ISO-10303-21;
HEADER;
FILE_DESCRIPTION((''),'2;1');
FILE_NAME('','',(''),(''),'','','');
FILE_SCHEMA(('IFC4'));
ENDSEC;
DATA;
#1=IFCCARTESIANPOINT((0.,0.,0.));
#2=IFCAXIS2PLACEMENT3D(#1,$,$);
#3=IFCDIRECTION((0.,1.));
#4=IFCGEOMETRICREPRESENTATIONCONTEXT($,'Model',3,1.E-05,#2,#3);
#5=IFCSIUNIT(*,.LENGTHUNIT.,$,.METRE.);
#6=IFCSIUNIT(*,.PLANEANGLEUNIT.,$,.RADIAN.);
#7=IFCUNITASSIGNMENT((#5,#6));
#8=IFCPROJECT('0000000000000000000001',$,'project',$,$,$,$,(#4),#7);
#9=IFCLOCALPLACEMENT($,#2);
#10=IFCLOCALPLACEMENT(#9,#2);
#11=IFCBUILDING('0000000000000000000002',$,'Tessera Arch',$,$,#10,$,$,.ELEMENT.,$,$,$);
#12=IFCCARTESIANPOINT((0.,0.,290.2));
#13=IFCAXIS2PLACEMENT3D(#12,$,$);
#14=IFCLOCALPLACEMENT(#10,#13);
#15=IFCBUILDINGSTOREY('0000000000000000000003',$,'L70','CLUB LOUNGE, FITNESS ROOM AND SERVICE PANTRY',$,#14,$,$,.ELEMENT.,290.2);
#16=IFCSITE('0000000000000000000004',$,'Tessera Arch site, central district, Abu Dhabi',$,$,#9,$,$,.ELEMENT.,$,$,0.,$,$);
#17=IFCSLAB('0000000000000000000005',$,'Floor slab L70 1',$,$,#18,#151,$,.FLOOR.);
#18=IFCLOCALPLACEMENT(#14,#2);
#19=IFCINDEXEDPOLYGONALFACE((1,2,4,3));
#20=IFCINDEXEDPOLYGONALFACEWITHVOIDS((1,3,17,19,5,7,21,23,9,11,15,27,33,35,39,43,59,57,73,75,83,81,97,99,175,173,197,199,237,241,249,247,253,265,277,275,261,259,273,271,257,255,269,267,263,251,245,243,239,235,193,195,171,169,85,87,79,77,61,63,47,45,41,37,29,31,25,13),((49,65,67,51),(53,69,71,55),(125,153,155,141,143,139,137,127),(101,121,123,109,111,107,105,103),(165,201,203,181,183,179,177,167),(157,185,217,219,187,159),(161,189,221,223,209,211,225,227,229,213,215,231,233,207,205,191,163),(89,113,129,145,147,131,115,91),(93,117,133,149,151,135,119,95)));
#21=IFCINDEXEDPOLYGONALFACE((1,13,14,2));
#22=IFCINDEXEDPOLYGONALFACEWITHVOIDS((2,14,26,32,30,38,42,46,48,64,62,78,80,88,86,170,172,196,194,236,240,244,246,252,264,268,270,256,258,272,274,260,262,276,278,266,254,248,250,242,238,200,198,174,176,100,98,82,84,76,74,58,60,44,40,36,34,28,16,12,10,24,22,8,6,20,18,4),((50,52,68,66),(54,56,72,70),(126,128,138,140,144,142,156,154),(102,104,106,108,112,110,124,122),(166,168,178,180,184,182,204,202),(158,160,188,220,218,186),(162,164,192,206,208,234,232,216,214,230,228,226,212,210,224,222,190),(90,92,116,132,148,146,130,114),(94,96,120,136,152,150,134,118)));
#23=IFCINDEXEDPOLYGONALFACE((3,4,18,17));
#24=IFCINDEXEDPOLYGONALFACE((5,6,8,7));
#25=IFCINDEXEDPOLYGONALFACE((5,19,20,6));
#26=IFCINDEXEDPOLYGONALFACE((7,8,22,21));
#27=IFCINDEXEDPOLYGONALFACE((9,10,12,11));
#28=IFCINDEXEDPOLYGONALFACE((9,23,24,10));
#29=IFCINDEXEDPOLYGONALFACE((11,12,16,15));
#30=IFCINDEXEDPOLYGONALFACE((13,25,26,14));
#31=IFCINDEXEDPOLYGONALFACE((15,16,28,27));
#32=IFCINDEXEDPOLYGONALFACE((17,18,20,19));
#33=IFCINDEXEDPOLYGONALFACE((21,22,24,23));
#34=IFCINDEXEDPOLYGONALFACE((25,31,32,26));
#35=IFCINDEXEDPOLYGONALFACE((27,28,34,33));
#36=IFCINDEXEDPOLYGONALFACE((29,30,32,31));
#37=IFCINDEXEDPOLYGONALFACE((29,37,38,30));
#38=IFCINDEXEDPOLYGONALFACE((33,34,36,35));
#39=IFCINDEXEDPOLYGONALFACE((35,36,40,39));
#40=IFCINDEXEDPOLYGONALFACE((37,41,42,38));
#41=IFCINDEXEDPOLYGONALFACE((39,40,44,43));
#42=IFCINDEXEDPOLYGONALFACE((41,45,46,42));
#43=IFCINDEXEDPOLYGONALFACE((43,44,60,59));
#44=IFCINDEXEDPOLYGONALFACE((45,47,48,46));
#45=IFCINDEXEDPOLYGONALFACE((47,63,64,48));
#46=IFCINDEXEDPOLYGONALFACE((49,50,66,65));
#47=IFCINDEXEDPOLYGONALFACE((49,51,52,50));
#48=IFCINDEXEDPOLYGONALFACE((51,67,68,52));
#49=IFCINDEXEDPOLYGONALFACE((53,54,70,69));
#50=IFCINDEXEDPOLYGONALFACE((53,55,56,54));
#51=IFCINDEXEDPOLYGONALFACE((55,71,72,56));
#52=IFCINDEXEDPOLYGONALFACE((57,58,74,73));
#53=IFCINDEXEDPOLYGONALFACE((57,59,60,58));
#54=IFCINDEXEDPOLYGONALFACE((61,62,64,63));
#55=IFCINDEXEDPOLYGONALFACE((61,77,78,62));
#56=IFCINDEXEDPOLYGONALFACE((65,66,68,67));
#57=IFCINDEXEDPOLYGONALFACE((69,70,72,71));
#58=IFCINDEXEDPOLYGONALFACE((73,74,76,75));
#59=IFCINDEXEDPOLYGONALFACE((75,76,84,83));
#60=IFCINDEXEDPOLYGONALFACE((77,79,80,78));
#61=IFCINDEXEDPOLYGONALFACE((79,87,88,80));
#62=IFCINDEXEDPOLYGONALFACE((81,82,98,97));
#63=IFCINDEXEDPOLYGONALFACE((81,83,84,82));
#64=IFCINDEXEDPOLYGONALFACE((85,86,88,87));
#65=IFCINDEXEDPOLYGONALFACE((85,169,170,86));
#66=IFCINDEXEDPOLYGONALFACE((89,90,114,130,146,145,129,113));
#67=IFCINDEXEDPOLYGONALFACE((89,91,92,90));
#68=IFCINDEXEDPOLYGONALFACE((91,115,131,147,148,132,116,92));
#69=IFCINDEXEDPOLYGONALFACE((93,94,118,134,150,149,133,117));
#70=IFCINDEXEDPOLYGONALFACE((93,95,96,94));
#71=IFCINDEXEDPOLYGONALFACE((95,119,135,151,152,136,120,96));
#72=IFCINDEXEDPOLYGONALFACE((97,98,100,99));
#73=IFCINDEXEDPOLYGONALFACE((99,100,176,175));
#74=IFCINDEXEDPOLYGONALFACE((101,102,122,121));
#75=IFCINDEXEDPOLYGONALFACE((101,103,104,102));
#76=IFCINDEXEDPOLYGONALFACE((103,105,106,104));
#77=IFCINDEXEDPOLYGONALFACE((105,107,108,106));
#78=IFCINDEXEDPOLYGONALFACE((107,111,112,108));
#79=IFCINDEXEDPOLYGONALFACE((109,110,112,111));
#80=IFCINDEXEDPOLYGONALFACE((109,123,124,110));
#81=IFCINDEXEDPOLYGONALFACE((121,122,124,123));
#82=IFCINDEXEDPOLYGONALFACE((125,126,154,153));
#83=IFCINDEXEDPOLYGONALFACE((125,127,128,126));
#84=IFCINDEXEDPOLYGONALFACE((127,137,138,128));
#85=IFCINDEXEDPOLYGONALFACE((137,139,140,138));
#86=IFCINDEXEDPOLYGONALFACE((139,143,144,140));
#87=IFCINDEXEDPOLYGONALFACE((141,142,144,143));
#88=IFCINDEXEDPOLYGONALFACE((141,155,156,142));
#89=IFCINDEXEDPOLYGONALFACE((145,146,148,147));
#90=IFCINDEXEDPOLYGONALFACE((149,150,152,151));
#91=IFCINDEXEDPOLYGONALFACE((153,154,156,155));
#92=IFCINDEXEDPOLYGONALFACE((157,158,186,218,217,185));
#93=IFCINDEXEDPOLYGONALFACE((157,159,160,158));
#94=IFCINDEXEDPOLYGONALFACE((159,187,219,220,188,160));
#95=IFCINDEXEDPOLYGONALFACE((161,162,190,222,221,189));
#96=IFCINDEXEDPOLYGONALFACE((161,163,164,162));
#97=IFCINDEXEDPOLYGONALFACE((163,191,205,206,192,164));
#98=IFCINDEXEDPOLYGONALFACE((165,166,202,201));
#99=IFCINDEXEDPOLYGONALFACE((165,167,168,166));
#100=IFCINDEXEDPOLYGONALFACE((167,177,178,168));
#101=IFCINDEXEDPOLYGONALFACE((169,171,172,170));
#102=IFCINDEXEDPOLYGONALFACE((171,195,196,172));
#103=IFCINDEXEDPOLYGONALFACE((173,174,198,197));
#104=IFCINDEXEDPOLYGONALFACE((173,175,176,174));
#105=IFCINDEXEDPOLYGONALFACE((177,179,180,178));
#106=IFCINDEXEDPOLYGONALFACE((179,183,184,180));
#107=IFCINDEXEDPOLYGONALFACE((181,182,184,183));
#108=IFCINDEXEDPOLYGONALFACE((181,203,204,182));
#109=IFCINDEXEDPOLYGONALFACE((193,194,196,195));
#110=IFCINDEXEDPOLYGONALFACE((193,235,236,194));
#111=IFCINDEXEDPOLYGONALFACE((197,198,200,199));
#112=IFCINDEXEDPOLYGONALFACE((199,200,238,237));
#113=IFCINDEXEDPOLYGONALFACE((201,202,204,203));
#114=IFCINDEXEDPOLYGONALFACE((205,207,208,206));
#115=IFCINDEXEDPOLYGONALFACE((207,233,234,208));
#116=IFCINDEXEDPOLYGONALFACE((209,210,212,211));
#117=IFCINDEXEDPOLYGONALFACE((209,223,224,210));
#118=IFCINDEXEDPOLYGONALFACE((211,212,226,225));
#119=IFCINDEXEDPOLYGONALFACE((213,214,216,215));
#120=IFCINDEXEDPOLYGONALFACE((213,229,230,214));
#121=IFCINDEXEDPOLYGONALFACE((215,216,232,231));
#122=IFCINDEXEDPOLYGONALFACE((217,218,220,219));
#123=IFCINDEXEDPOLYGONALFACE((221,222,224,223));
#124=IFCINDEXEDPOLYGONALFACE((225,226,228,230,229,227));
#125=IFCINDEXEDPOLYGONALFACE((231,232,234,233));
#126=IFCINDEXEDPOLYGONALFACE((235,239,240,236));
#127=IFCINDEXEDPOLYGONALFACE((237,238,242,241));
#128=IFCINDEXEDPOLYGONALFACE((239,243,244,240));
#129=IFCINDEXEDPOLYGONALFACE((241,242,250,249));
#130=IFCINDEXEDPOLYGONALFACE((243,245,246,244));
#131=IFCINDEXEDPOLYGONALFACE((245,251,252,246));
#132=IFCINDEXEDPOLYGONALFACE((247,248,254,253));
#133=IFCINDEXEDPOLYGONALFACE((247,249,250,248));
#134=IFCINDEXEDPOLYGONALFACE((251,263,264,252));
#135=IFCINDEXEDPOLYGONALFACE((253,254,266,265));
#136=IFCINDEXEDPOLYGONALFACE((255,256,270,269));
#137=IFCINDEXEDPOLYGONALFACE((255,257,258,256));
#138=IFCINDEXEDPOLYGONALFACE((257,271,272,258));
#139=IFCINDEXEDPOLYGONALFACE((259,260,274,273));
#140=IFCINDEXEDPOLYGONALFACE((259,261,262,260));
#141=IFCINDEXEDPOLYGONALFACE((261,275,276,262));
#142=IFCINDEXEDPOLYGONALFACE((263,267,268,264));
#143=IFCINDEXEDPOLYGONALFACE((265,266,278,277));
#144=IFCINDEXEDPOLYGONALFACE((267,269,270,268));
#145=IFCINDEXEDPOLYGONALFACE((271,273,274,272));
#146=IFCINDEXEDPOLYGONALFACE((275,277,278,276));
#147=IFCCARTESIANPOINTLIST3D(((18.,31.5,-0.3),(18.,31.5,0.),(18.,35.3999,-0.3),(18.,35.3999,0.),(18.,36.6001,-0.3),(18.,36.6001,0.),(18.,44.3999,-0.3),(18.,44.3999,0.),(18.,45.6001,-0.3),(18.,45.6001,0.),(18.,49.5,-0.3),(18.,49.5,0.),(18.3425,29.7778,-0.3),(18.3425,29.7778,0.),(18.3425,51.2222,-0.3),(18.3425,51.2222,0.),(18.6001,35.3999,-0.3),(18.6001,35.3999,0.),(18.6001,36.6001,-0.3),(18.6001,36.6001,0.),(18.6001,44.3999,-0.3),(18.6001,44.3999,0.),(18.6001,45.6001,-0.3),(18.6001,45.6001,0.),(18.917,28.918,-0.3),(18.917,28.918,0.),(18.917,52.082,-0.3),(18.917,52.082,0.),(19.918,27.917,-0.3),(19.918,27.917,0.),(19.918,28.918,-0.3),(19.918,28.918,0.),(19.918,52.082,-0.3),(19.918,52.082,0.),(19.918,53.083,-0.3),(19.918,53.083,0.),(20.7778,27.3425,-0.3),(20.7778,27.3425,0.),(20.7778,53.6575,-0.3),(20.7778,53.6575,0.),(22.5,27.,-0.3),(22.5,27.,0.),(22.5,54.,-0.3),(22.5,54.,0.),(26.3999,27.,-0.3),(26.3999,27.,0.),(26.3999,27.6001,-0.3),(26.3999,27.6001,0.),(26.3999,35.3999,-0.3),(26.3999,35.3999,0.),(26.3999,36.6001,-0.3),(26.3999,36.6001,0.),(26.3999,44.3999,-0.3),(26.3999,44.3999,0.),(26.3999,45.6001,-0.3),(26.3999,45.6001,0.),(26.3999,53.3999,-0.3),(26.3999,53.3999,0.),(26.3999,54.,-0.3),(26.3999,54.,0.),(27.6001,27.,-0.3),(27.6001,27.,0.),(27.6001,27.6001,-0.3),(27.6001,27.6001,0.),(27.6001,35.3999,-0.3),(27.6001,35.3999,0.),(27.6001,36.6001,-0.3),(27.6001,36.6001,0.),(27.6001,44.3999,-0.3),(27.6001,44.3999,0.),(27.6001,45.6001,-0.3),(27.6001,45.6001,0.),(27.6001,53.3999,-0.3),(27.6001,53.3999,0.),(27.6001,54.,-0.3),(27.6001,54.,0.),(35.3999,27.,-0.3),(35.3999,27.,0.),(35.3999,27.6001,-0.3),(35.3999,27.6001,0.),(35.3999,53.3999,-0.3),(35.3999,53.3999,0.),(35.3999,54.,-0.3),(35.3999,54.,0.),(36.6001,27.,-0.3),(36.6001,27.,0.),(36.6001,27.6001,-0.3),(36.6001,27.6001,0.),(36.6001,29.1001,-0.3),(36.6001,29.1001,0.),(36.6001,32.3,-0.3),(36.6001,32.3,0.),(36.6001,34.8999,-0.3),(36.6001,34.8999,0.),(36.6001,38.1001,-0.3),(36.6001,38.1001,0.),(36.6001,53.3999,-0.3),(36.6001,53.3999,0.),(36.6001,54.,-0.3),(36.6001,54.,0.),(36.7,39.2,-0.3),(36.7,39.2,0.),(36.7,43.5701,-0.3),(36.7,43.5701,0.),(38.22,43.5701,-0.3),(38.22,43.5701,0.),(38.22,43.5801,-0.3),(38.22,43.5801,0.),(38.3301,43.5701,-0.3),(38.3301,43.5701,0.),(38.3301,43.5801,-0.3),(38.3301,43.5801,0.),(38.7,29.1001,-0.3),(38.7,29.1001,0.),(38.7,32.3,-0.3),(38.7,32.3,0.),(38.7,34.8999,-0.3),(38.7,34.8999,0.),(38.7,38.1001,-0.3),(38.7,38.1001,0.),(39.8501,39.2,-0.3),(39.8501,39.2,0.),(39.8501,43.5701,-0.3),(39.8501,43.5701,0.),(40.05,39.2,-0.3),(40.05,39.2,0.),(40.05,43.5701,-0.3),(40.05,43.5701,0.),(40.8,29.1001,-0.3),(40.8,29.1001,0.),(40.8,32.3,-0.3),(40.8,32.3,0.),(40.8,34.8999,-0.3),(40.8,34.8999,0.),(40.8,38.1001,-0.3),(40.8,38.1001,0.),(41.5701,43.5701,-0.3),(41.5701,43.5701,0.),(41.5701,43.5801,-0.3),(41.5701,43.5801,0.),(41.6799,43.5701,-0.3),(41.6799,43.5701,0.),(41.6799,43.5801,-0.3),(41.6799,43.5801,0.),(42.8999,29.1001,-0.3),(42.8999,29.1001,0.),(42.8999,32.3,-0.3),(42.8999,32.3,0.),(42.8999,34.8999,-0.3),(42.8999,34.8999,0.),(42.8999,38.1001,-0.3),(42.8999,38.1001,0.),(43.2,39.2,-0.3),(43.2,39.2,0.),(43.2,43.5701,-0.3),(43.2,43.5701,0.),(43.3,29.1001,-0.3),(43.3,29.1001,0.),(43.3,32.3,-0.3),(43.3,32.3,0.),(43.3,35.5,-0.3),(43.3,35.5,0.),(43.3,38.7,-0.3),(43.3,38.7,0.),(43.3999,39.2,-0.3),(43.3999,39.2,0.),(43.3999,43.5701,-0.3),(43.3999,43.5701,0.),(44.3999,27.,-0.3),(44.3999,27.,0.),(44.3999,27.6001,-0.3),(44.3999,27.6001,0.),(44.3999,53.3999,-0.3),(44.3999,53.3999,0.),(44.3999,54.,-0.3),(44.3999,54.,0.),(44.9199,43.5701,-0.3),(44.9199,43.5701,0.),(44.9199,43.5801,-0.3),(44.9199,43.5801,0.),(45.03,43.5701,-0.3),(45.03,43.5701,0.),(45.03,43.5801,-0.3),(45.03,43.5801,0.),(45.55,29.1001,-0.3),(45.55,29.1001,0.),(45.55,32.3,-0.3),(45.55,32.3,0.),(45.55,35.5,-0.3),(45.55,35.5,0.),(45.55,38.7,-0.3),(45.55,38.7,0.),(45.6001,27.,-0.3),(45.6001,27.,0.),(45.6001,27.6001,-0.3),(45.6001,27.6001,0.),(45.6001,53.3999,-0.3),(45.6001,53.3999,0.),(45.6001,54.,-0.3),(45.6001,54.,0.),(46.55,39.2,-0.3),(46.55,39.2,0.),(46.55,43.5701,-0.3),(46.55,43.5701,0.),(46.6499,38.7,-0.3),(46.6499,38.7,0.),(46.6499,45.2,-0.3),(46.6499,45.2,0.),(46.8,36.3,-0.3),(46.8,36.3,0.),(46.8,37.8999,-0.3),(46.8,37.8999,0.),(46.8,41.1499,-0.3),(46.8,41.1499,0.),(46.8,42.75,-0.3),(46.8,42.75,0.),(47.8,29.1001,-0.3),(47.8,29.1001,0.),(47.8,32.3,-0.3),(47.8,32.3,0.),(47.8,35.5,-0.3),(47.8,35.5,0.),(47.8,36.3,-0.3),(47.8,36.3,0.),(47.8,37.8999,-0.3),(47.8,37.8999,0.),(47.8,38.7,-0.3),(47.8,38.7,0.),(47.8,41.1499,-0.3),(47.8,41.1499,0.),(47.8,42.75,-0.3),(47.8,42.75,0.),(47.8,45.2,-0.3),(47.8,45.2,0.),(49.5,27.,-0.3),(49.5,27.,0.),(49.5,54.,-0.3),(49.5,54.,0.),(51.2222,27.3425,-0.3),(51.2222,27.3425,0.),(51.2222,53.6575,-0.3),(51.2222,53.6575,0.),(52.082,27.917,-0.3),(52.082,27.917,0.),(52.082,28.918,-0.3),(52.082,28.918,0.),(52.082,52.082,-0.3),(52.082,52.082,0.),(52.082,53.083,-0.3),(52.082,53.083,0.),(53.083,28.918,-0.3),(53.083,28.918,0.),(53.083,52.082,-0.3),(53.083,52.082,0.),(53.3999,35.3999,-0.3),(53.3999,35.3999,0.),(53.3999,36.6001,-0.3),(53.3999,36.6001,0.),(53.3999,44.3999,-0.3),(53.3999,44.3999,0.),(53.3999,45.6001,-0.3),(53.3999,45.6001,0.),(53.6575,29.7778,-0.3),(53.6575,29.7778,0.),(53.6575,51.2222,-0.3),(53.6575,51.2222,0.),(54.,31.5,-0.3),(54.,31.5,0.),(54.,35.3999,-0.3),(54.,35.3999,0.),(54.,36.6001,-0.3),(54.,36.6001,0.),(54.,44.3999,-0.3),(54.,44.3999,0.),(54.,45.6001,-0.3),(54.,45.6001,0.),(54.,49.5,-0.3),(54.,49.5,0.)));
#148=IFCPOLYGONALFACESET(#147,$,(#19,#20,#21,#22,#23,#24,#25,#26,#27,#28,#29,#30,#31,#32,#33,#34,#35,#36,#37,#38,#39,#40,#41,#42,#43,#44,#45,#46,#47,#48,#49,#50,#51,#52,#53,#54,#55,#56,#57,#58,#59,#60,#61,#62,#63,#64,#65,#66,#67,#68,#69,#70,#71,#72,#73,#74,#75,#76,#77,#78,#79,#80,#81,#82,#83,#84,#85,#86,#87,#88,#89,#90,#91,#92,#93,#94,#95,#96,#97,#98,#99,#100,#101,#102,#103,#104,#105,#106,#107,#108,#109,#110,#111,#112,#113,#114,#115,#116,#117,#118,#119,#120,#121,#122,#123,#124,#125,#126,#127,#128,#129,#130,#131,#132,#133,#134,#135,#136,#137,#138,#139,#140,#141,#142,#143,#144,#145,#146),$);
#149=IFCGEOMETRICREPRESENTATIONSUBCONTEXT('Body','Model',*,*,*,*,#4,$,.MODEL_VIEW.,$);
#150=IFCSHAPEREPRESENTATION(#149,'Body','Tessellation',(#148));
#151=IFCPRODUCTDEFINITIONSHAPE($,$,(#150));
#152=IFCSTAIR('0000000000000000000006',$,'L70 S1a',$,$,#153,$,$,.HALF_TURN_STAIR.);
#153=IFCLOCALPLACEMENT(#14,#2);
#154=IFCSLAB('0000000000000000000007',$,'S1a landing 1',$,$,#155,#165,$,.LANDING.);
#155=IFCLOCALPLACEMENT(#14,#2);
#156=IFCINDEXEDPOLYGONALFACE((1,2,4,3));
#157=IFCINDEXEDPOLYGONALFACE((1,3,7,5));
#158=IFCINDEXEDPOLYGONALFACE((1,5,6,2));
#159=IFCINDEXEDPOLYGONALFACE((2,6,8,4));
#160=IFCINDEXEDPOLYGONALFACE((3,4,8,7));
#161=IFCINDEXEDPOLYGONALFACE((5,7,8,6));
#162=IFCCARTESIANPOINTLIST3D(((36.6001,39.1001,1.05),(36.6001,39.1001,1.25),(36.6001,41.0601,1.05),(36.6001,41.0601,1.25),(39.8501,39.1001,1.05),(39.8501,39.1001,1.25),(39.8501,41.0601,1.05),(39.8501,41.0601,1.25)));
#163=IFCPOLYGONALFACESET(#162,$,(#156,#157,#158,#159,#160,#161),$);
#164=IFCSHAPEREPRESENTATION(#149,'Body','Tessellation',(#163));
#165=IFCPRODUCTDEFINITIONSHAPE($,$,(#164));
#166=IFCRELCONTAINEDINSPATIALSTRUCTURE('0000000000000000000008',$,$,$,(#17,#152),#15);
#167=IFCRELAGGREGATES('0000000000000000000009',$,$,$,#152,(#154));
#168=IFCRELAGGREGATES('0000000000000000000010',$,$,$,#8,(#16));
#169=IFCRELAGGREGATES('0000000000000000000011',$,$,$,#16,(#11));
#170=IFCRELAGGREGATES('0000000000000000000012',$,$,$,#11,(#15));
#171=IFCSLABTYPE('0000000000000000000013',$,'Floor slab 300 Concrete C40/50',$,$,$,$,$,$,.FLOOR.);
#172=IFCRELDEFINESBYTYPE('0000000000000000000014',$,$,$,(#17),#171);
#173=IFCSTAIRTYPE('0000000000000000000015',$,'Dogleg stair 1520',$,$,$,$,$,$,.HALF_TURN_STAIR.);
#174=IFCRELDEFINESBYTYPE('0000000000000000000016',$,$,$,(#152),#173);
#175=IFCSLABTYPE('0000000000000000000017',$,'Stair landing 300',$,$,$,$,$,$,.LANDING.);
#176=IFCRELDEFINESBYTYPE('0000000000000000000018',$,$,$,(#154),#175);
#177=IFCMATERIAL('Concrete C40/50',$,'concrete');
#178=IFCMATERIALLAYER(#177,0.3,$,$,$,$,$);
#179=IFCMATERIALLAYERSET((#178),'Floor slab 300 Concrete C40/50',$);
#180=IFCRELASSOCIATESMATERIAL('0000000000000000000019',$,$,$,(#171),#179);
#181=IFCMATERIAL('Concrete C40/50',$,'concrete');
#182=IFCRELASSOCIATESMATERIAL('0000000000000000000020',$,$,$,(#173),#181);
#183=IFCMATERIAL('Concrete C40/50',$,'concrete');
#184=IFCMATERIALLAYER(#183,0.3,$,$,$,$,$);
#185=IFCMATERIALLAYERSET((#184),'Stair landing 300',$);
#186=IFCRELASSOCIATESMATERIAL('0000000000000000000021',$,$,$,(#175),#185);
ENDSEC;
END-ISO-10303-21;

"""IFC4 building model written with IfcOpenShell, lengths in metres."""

from ifc_helpers import new_model, si_unit, direction, frame, origin, place, context, subcontext, project, spatial, polyline, outline, extrude, material, layer, layer_set, type_object, element, aggregate, save


model = new_model("IFC4")

# Units and contexts
model_context = context("Model", 3, precision=1e-05, world=origin(), true_north=direction((0.0, 1.0)))
body_context = subcontext(model_context, "Body", "Model", "MODEL_VIEW")
ifc_project = project(units=[si_unit("LENGTHUNIT", "METRE"), si_unit("PLANEANGLEUNIT", "RADIAN")], contexts=[model_context])

# Site, building, storey
site_placement = place(None, origin())
site = spatial("IfcSite", under=ifc_project, at=site_placement, Name="Tessera Arch site, central district, Abu Dhabi", CompositionType="ELEMENT", RefElevation=0.0)
building_placement = place(site_placement, origin())
building = spatial("IfcBuilding", under=site, at=building_placement, Name="Tessera Arch", CompositionType="ELEMENT")
storey_placement = place(building_placement, frame((0.0, 0.0, 290.2)))
storey = spatial("IfcBuildingStorey", under=building, at=storey_placement, Name="L70", Description="CLUB LOUNGE, FITNESS ROOM AND SERVICE PANTRY", CompositionType="ELEMENT", Elevation=290.2)

# Slab
ifc_material_1 = material(Name="Concrete C40/50", Category="concrete")
ifc_layer_1 = layer(ifc_material_1, 0.3)
ifc_layer_set_1 = layer_set([ifc_layer_1], Name="Floor slab 300 Concrete C40/50")
slab_type_1 = type_object("IfcSlabType", Name="Floor slab 300 Concrete C40/50", PredefinedType="FLOOR", material=ifc_layer_set_1)
slab_1_placement = place(storey_placement, frame((0.0, 0.0, -0.3)))
element("IfcSlab", 1, at=slab_1_placement, inside=storey, type_object=slab_type_1, Name="Floor slab L70 1", PredefinedType="FLOOR", context=body_context, shape_type="SweptSolid", body=[
    extrude(outline(polyline([(54.0, 31.5), (53.6575, 29.7778), (53.083, 28.918), (52.082, 28.918), (52.082, 27.917), (51.2222, 27.3425), (49.5, 27.0), (45.6001, 27.0), (45.6001, 27.6001), (44.3999, 27.6001), (44.3999, 27.0), (36.6001, 27.0), (36.6001, 27.6001), (35.3999, 27.6001), (35.3999, 27.0), (27.6001, 27.0), (27.6001, 27.6001), (26.3999, 27.6001), (26.3999, 27.0), (22.5, 27.0), (20.7778, 27.3425), (19.918, 27.917), (19.918, 28.918), (18.917, 28.918), (18.3425, 29.7778), (18.0, 31.5), (18.0, 35.3999), (18.6001, 35.3999), (18.6001, 36.6001), (18.0, 36.6001), (18.0, 44.3999), (18.6001, 44.3999), (18.6001, 45.6001), (18.0, 45.6001), (18.0, 49.5), (18.3425, 51.2222), (18.917, 52.082), (19.918, 52.082), (19.918, 53.083), (20.7778, 53.6575), (22.5, 54.0), (26.3999, 54.0), (26.3999, 53.3999), (27.6001, 53.3999), (27.6001, 54.0), (35.3999, 54.0), (35.3999, 53.3999), (36.6001, 53.3999), (36.6001, 54.0), (44.3999, 54.0), (44.3999, 53.3999), (45.6001, 53.3999), (45.6001, 54.0), (49.5, 54.0), (51.2222, 53.6575), (52.082, 53.083), (52.082, 52.082), (53.083, 52.082), (53.6575, 51.2222), (54.0, 49.5), (54.0, 45.6001), (53.3999, 45.6001), (53.3999, 44.3999), (54.0, 44.3999), (54.0, 36.6001), (53.3999, 36.6001), (53.3999, 35.3999), (54.0, 35.3999), (54.0, 31.5)]), holes=[polyline([(40.8, 29.1001), (42.8999, 29.1001), (42.8999, 32.3), (40.8, 32.3), (38.7, 32.3), (36.6001, 32.3), (36.6001, 29.1001), (38.7, 29.1001), (40.8, 29.1001)]), polyline([(27.6001, 35.3999), (27.6001, 36.6001), (26.3999, 36.6001), (26.3999, 35.3999), (27.6001, 35.3999)]), polyline([(40.8, 34.8999), (42.8999, 34.8999), (42.8999, 38.1001), (40.8, 38.1001), (38.7, 38.1001), (36.6001, 38.1001), (36.6001, 34.8999), (38.7, 34.8999), (40.8, 34.8999)]), polyline([(38.22, 43.5801), (38.22, 43.5701), (36.7, 43.5701), (36.7, 39.2), (39.8501, 39.2), (39.8501, 43.5701), (38.3301, 43.5701), (38.3301, 43.5801), (38.22, 43.5801)]), polyline([(27.6001, 44.3999), (27.6001, 45.6001), (26.3999, 45.6001), (26.3999, 44.3999), (27.6001, 44.3999)]), polyline([(47.8, 32.3), (45.55, 32.3), (43.3, 32.3), (43.3, 29.1001), (45.55, 29.1001), (47.8, 29.1001), (47.8, 32.3)]), polyline([(46.6499, 38.7), (45.55, 38.7), (43.3, 38.7), (43.3, 35.5), (45.55, 35.5), (47.8, 35.5), (47.8, 36.3), (46.8, 36.3), (46.8, 37.8999), (47.8, 37.8999), (47.8, 38.7), (47.8, 41.1499), (46.8, 41.1499), (46.8, 42.75), (47.8, 42.75), (47.8, 45.2), (46.6499, 45.2), (46.6499, 38.7)]), polyline([(41.5701, 43.5801), (41.5701, 43.5701), (40.05, 43.5701), (40.05, 39.2), (43.2, 39.2), (43.2, 43.5701), (41.6799, 43.5701), (41.6799, 43.5801), (41.5701, 43.5801)]), polyline([(44.9199, 43.5801), (44.9199, 43.5701), (43.3999, 43.5701), (43.3999, 39.2), (46.55, 39.2), (46.55, 43.5701), (45.03, 43.5701), (45.03, 43.5801), (44.9199, 43.5801)])]), origin(), (0.0, 0.0, 1.0), 0.3),
])

# Stair, slab
ifc_material_2 = material(Name="Concrete C40/50", Category="concrete")
stair_type = type_object("IfcStairType", Name="Dogleg stair 1520", PredefinedType="HALF_TURN_STAIR", material=ifc_material_2)
stair_1_placement = place(storey_placement, origin())
stair_1 = element("IfcStair", 2, at=stair_1_placement, inside=storey, type_object=stair_type, Name="L70 S1a", PredefinedType="HALF_TURN_STAIR")
ifc_material_3 = material(Name="Concrete C40/50", Category="concrete")
ifc_layer_2 = layer(ifc_material_3, 0.3)
ifc_layer_set_2 = layer_set([ifc_layer_2], Name="Stair landing 300")
slab_type_2 = type_object("IfcSlabType", Name="Stair landing 300", PredefinedType="LANDING", material=ifc_layer_set_2)
slab_2_placement = place(storey_placement, frame((0.0, 0.0, 1.05)))
slab_2 = element("IfcSlab", 3, at=slab_2_placement, type_object=slab_type_2, Name="S1a landing 1", PredefinedType="LANDING", context=body_context, shape_type="SweptSolid", body=[
    extrude(outline(polyline([(36.6001, 41.0601), (36.6001, 39.1001), (39.8501, 39.1001), (39.8501, 41.0601), (36.6001, 41.0601)])), origin(), (0.0, 0.0, 1.0), 0.2),
])
aggregate(stair_1, [slab_2])

save(model, "model.ifc")
